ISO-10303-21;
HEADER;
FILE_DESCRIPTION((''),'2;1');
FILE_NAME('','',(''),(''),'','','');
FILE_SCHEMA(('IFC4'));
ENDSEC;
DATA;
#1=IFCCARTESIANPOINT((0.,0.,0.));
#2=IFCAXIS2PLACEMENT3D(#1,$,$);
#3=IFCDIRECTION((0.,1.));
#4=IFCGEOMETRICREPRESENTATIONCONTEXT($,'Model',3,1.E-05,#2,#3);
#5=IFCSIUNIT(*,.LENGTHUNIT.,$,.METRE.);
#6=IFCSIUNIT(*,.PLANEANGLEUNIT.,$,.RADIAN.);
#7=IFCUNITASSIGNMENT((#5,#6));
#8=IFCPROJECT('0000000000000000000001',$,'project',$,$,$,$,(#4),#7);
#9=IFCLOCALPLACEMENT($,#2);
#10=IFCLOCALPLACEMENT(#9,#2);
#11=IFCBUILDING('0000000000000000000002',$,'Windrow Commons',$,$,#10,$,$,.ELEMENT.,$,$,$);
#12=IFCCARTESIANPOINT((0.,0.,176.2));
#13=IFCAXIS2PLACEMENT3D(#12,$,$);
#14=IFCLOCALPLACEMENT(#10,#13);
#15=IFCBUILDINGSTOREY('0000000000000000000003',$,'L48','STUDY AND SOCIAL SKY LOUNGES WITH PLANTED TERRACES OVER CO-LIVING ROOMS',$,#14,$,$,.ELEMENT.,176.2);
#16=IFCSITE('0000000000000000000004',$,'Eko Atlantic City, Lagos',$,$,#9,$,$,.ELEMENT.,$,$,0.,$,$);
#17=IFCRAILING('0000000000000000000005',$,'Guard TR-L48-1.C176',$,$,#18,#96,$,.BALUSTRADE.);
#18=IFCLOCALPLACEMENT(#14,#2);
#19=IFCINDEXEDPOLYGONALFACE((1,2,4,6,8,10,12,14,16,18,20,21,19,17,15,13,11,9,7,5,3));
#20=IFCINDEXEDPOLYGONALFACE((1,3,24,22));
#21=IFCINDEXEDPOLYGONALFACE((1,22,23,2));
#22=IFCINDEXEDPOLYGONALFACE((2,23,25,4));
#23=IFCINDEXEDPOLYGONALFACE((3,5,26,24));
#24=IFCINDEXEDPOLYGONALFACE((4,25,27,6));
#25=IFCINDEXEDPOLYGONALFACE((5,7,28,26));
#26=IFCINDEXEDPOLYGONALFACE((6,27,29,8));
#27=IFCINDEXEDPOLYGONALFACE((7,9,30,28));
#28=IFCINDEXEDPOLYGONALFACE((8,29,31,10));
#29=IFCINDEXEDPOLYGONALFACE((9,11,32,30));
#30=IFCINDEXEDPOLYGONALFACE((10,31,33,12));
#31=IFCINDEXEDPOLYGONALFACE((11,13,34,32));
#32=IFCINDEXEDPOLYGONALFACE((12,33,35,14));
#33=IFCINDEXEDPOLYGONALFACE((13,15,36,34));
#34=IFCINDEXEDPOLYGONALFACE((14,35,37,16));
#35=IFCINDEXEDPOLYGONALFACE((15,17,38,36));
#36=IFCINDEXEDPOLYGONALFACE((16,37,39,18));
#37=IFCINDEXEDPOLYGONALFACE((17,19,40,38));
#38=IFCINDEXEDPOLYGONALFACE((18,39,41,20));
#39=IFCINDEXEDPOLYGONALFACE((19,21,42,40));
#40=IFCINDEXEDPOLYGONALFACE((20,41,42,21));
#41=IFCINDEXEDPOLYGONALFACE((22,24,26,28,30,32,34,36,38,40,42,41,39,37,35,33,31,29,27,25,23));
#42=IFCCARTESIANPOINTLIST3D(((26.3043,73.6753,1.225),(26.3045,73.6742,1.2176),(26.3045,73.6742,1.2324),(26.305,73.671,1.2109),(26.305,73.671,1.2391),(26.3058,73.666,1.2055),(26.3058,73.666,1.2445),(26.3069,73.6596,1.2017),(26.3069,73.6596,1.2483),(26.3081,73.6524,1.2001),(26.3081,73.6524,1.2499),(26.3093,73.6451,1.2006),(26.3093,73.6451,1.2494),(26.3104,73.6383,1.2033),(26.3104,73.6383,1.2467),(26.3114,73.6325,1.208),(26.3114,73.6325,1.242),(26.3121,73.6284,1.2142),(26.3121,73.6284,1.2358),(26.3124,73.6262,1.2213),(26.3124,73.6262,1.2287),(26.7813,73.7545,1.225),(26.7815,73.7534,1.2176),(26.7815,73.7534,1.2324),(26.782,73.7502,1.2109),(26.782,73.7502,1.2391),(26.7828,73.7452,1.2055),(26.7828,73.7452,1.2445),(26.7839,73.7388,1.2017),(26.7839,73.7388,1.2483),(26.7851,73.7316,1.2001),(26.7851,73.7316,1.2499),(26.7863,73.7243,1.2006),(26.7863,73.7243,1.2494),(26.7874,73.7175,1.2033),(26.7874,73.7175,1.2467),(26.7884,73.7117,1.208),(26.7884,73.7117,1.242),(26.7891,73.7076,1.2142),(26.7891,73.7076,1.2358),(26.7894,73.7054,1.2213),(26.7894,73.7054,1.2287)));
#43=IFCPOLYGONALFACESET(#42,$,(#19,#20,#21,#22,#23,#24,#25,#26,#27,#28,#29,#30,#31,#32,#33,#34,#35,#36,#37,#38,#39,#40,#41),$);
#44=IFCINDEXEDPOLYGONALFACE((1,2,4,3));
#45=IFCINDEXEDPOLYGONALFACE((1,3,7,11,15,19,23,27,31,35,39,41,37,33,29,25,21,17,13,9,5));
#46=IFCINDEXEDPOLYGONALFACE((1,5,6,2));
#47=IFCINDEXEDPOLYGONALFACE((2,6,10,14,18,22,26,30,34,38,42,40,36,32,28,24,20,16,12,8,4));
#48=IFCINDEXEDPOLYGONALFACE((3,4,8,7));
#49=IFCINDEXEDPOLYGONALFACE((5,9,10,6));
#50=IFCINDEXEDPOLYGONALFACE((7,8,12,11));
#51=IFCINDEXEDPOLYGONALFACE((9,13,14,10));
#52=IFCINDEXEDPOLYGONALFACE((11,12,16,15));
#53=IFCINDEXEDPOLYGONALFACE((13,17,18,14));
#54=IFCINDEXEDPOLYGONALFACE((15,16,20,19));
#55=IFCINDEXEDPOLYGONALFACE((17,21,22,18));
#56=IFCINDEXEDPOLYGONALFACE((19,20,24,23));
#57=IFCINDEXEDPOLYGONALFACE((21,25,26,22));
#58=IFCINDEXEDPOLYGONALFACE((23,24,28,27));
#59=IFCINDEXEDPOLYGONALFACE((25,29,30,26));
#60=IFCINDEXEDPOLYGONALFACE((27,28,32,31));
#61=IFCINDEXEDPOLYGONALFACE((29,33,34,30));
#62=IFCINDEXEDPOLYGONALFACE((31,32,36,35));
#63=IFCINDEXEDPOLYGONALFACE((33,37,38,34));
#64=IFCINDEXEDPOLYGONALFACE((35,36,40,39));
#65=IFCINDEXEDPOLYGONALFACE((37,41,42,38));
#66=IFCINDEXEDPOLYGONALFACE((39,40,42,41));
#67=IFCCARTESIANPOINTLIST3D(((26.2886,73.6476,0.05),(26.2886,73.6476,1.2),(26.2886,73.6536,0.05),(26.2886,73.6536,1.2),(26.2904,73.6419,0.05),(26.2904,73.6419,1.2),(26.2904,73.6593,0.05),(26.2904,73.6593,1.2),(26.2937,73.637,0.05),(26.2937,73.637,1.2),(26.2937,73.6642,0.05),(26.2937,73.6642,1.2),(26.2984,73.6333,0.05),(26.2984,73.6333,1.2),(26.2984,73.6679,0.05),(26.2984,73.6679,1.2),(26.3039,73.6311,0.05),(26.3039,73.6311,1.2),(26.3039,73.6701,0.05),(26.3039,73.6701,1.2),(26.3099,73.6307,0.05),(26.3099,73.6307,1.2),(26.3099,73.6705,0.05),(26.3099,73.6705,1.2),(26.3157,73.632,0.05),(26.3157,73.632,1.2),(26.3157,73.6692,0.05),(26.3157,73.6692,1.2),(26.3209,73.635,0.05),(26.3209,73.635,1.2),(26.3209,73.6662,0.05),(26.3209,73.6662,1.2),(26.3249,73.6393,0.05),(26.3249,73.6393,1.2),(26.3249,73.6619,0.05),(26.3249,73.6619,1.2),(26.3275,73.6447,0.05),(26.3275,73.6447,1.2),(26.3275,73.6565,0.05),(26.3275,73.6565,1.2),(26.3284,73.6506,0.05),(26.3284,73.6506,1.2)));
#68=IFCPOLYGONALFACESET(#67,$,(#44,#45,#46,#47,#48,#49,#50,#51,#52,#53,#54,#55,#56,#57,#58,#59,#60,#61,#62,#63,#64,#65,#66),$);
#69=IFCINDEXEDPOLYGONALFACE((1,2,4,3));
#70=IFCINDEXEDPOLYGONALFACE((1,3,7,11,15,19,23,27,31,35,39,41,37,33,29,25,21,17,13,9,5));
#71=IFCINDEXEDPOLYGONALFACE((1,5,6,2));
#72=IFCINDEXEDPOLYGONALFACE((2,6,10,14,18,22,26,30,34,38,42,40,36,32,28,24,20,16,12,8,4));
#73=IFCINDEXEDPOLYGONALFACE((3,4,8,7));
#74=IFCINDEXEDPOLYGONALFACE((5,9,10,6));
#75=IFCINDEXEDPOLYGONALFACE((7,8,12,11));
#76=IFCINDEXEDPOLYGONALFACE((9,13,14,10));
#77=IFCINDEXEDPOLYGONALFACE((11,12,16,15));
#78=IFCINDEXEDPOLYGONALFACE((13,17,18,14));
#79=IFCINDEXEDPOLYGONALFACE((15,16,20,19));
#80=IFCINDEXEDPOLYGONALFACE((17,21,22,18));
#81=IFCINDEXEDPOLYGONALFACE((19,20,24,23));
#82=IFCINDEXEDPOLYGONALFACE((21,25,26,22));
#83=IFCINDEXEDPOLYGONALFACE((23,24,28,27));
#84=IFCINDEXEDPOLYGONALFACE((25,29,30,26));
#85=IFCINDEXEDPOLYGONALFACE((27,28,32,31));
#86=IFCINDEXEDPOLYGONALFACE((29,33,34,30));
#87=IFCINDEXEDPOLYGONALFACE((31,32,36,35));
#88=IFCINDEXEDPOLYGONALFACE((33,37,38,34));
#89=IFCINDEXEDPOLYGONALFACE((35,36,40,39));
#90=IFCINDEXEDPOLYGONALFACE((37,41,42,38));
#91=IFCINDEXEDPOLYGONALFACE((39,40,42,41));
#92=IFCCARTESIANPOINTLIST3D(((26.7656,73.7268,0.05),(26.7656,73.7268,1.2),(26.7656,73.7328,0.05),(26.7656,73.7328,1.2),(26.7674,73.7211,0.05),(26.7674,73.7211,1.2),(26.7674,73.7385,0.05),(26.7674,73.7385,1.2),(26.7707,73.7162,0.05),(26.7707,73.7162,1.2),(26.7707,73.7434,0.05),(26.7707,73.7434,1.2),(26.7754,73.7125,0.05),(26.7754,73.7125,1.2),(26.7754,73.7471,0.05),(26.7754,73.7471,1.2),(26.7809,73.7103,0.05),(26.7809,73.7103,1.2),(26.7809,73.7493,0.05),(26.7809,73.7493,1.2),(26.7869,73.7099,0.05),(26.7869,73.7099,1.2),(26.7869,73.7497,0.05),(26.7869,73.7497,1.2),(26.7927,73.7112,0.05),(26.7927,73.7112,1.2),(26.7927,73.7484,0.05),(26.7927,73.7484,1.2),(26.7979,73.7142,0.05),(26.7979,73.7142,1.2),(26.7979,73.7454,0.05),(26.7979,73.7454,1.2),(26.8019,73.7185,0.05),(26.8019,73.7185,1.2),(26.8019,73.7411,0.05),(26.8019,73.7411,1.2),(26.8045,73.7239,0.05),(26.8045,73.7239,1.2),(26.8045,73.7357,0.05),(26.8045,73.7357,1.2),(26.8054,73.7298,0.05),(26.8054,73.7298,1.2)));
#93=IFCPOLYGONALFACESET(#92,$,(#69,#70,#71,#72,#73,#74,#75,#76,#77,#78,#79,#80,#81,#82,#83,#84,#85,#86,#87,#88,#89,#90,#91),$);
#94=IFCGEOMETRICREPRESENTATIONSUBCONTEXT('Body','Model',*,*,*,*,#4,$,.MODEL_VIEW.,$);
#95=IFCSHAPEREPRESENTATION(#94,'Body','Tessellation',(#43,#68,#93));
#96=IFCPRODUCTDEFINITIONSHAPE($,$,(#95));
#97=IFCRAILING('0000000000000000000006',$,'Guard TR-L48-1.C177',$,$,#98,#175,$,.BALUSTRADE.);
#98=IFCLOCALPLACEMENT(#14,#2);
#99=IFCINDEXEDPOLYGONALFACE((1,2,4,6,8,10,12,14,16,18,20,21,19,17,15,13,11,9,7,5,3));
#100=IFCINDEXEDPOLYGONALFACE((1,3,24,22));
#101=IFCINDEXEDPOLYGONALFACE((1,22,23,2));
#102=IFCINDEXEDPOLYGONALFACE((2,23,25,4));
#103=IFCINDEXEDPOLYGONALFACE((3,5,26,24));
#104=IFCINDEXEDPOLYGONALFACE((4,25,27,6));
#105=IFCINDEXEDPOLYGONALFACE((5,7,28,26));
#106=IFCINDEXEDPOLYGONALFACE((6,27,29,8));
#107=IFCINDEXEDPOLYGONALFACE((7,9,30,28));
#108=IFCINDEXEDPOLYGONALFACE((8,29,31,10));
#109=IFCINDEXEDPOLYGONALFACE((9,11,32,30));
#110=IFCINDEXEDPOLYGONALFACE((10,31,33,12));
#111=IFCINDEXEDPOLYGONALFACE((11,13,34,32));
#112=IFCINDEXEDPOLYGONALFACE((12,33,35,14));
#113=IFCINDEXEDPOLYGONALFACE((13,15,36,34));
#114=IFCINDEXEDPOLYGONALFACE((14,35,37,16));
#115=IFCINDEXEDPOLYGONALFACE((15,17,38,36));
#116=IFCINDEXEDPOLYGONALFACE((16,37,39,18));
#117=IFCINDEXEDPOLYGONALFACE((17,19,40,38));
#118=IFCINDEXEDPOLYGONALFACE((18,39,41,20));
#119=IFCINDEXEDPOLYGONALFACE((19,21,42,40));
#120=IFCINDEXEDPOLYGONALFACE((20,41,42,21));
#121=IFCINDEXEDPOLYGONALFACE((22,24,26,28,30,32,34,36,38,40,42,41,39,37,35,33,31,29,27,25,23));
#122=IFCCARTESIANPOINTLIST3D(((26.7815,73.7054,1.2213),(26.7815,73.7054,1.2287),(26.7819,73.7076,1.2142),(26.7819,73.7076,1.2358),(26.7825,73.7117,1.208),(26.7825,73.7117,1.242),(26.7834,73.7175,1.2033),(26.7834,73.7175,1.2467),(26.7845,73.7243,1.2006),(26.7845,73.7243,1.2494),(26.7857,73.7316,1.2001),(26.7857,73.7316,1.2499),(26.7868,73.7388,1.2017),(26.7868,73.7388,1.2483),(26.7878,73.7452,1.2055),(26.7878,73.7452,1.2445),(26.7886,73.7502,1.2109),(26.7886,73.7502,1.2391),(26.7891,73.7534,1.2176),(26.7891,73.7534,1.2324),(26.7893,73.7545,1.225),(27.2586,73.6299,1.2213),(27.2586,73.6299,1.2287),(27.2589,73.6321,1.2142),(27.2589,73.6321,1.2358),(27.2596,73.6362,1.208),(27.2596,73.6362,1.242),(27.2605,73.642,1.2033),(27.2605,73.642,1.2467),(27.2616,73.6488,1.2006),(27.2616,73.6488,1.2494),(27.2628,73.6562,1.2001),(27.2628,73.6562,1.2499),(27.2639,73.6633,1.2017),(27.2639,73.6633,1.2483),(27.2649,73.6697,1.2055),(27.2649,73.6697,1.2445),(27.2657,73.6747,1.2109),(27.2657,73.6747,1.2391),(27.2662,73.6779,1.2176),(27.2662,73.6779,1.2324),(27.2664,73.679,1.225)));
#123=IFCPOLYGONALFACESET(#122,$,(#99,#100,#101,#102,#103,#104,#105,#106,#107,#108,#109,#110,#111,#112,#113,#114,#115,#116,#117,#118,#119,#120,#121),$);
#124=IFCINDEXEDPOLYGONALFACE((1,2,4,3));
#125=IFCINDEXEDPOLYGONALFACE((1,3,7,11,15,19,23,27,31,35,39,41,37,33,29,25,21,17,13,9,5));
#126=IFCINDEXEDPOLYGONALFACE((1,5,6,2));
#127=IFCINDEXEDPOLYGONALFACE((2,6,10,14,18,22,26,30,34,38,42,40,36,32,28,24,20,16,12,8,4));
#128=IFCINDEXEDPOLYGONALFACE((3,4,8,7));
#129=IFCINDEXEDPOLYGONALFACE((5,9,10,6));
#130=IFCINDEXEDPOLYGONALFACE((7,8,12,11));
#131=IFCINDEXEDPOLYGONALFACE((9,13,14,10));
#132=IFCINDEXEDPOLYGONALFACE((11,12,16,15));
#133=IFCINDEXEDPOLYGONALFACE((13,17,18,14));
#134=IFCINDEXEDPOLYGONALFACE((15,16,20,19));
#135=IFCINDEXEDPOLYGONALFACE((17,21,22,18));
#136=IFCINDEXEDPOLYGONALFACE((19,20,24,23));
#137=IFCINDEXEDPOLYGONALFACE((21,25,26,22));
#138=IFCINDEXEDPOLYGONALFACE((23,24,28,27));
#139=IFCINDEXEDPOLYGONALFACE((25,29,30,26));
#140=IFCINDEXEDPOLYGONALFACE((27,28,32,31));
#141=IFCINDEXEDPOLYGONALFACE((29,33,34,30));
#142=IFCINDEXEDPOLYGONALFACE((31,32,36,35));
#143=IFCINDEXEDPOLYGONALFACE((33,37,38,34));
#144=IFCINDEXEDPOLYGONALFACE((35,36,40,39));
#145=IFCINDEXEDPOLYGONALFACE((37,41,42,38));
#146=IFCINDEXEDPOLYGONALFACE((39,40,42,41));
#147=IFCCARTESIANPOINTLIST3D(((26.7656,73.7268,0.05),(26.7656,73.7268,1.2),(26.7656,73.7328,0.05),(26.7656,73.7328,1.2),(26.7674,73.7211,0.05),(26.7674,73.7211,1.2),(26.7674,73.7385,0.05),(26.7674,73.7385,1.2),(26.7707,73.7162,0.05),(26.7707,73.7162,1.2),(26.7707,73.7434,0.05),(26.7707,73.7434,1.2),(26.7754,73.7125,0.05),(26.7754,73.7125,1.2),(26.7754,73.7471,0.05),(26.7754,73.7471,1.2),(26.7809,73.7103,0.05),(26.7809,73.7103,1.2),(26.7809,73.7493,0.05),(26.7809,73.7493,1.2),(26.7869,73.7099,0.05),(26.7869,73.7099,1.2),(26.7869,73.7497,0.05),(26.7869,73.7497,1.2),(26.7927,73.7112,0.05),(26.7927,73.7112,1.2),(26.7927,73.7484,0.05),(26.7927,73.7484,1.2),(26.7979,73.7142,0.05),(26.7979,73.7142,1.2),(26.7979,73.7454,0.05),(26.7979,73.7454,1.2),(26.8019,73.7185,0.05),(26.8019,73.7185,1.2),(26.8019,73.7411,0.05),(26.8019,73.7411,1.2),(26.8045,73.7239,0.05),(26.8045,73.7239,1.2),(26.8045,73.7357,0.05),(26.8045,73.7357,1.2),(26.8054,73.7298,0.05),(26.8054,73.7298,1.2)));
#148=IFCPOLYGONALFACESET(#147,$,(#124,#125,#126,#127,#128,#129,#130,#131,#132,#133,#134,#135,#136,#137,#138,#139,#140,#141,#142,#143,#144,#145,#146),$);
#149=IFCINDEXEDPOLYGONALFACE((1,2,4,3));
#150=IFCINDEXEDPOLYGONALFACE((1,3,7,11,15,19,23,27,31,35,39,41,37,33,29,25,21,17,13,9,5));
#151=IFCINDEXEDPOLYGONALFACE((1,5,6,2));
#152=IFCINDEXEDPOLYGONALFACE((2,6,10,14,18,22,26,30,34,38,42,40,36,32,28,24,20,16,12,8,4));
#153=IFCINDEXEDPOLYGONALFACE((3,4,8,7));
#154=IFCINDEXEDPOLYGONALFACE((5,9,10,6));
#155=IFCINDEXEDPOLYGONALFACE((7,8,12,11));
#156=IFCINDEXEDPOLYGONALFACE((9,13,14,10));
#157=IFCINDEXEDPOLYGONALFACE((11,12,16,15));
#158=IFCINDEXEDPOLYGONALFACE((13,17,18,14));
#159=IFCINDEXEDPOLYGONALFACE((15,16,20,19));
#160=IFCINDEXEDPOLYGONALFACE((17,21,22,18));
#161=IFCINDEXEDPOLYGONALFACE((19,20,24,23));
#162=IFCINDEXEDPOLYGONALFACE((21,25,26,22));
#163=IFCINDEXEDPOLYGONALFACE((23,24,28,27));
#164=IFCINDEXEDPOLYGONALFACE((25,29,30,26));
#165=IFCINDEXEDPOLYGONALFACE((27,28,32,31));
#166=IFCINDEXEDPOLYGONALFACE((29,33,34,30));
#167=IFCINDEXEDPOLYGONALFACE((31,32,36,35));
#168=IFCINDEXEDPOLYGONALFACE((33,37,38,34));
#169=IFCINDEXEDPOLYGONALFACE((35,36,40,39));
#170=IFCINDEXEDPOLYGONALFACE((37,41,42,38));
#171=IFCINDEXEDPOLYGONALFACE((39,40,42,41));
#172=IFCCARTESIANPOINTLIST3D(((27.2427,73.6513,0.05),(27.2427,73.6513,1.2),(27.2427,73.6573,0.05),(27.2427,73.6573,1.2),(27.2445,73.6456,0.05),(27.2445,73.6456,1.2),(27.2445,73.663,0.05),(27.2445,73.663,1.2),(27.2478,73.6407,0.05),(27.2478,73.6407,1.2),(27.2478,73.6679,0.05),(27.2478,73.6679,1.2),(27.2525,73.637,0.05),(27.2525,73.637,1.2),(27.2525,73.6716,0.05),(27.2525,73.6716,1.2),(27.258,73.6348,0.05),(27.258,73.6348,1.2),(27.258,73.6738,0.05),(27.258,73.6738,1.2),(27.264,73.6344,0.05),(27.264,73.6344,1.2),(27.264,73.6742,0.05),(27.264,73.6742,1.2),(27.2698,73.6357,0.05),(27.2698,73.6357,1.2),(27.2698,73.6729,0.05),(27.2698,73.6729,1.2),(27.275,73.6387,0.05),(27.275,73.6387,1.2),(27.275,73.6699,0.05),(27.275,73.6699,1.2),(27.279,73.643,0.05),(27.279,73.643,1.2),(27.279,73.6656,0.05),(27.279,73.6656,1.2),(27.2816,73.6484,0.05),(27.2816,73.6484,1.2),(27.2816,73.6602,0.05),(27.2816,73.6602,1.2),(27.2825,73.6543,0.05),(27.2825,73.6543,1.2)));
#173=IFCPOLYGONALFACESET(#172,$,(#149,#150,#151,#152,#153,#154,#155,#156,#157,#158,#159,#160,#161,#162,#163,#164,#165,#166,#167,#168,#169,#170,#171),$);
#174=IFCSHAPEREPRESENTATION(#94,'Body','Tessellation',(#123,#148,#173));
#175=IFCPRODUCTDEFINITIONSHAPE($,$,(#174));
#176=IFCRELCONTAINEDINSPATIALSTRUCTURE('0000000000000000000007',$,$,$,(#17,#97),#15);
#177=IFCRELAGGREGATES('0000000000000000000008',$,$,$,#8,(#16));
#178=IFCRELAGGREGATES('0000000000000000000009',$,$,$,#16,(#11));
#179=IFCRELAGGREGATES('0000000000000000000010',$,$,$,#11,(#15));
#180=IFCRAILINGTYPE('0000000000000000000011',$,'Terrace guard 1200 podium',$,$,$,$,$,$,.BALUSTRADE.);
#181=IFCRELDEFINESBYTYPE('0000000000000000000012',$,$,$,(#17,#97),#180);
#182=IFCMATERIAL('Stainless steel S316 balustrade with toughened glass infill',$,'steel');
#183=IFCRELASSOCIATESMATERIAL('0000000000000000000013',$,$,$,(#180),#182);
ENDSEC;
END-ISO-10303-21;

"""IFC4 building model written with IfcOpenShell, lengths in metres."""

from ifc_helpers import new_model, si_unit, direction, frame, origin, origin_2d, place, context, subcontext, project, spatial, circle, extrude, material, type_object, element, save


model = new_model("IFC4")

# Units and contexts
model_context = context("Model", 3, precision=1e-05, world=origin(), true_north=direction((0.0, 1.0)))
body_context = subcontext(model_context, "Body", "Model", "MODEL_VIEW")
ifc_project = project(units=[si_unit("LENGTHUNIT", "METRE"), si_unit("PLANEANGLEUNIT", "RADIAN")], contexts=[model_context])

# Site, building, storey
site_placement = place(None, origin())
site = spatial("IfcSite", under=ifc_project, at=site_placement, Name="Eko Atlantic City, Lagos", CompositionType="ELEMENT", RefElevation=0.0)
building_placement = place(site_placement, origin())
building = spatial("IfcBuilding", under=site, at=building_placement, Name="Windrow Commons", CompositionType="ELEMENT")
storey_placement = place(building_placement, frame((0.0, 0.0, 176.2)))
storey = spatial("IfcBuildingStorey", under=building, at=storey_placement, Name="L48", Description="STUDY AND SOCIAL SKY LOUNGES WITH PLANTED TERRACES OVER CO-LIVING ROOMS", CompositionType="ELEMENT", Elevation=176.2)

# Railings
ifc_material_1 = material(Name="Stainless steel S316 balustrade with toughened glass infill", Category="steel")
railing_type = type_object("IfcRailingType", Name="Terrace guard 1200 podium", PredefinedType="BALUSTRADE", material=ifc_material_1)
railing_1_placement = place(storey_placement, frame((26.3084, 73.6506, 0.05)))
element("IfcRailing", 1, at=railing_1_placement, inside=storey, type_object=railing_type, Name="Guard TR-L48-1.C176", PredefinedType="BALUSTRADE", context=body_context, shape_type="SweptSolid", body=[
    extrude(circle(Radius=0.025, at=origin_2d()), frame((0.0, 0.0, 1.175), z_axis=(0.986494, 0.163795, 0.0), x_axis=(-0.163795, 0.986494, 0.0)), (0.0, 0.0, 1.0), 0.4835),
    extrude(circle(Radius=0.02, at=origin_2d()), origin(), (0.0, 0.0, 1.0), 1.15),
    extrude(circle(Radius=0.02, at=origin_2d()), frame((0.477, 0.0792, 0.0)), (0.0, 0.0, 1.0), 1.15),
])
railing_2_placement = place(storey_placement, frame((26.7854, 73.7298, 0.05)))
element("IfcRailing", 2, at=railing_2_placement, inside=storey, type_object=railing_type, Name="Guard TR-L48-1.C177", PredefinedType="BALUSTRADE", context=body_context, shape_type="SweptSolid", body=[
    extrude(circle(Radius=0.025, at=origin_2d()), frame((0.0, 0.0, 1.175), z_axis=(0.987709, -0.156303, 0.0), x_axis=(0.156303, 0.987709, 0.0)), (0.0, 0.0, 1.0), 0.483),
    extrude(circle(Radius=0.02, at=origin_2d()), origin(), (0.0, 0.0, 1.0), 1.15),
    extrude(circle(Radius=0.02, at=origin_2d()), frame((0.4771, -0.0755, 0.0)), (0.0, 0.0, 1.0), 1.15),
])

save(model, "model.ifc")
